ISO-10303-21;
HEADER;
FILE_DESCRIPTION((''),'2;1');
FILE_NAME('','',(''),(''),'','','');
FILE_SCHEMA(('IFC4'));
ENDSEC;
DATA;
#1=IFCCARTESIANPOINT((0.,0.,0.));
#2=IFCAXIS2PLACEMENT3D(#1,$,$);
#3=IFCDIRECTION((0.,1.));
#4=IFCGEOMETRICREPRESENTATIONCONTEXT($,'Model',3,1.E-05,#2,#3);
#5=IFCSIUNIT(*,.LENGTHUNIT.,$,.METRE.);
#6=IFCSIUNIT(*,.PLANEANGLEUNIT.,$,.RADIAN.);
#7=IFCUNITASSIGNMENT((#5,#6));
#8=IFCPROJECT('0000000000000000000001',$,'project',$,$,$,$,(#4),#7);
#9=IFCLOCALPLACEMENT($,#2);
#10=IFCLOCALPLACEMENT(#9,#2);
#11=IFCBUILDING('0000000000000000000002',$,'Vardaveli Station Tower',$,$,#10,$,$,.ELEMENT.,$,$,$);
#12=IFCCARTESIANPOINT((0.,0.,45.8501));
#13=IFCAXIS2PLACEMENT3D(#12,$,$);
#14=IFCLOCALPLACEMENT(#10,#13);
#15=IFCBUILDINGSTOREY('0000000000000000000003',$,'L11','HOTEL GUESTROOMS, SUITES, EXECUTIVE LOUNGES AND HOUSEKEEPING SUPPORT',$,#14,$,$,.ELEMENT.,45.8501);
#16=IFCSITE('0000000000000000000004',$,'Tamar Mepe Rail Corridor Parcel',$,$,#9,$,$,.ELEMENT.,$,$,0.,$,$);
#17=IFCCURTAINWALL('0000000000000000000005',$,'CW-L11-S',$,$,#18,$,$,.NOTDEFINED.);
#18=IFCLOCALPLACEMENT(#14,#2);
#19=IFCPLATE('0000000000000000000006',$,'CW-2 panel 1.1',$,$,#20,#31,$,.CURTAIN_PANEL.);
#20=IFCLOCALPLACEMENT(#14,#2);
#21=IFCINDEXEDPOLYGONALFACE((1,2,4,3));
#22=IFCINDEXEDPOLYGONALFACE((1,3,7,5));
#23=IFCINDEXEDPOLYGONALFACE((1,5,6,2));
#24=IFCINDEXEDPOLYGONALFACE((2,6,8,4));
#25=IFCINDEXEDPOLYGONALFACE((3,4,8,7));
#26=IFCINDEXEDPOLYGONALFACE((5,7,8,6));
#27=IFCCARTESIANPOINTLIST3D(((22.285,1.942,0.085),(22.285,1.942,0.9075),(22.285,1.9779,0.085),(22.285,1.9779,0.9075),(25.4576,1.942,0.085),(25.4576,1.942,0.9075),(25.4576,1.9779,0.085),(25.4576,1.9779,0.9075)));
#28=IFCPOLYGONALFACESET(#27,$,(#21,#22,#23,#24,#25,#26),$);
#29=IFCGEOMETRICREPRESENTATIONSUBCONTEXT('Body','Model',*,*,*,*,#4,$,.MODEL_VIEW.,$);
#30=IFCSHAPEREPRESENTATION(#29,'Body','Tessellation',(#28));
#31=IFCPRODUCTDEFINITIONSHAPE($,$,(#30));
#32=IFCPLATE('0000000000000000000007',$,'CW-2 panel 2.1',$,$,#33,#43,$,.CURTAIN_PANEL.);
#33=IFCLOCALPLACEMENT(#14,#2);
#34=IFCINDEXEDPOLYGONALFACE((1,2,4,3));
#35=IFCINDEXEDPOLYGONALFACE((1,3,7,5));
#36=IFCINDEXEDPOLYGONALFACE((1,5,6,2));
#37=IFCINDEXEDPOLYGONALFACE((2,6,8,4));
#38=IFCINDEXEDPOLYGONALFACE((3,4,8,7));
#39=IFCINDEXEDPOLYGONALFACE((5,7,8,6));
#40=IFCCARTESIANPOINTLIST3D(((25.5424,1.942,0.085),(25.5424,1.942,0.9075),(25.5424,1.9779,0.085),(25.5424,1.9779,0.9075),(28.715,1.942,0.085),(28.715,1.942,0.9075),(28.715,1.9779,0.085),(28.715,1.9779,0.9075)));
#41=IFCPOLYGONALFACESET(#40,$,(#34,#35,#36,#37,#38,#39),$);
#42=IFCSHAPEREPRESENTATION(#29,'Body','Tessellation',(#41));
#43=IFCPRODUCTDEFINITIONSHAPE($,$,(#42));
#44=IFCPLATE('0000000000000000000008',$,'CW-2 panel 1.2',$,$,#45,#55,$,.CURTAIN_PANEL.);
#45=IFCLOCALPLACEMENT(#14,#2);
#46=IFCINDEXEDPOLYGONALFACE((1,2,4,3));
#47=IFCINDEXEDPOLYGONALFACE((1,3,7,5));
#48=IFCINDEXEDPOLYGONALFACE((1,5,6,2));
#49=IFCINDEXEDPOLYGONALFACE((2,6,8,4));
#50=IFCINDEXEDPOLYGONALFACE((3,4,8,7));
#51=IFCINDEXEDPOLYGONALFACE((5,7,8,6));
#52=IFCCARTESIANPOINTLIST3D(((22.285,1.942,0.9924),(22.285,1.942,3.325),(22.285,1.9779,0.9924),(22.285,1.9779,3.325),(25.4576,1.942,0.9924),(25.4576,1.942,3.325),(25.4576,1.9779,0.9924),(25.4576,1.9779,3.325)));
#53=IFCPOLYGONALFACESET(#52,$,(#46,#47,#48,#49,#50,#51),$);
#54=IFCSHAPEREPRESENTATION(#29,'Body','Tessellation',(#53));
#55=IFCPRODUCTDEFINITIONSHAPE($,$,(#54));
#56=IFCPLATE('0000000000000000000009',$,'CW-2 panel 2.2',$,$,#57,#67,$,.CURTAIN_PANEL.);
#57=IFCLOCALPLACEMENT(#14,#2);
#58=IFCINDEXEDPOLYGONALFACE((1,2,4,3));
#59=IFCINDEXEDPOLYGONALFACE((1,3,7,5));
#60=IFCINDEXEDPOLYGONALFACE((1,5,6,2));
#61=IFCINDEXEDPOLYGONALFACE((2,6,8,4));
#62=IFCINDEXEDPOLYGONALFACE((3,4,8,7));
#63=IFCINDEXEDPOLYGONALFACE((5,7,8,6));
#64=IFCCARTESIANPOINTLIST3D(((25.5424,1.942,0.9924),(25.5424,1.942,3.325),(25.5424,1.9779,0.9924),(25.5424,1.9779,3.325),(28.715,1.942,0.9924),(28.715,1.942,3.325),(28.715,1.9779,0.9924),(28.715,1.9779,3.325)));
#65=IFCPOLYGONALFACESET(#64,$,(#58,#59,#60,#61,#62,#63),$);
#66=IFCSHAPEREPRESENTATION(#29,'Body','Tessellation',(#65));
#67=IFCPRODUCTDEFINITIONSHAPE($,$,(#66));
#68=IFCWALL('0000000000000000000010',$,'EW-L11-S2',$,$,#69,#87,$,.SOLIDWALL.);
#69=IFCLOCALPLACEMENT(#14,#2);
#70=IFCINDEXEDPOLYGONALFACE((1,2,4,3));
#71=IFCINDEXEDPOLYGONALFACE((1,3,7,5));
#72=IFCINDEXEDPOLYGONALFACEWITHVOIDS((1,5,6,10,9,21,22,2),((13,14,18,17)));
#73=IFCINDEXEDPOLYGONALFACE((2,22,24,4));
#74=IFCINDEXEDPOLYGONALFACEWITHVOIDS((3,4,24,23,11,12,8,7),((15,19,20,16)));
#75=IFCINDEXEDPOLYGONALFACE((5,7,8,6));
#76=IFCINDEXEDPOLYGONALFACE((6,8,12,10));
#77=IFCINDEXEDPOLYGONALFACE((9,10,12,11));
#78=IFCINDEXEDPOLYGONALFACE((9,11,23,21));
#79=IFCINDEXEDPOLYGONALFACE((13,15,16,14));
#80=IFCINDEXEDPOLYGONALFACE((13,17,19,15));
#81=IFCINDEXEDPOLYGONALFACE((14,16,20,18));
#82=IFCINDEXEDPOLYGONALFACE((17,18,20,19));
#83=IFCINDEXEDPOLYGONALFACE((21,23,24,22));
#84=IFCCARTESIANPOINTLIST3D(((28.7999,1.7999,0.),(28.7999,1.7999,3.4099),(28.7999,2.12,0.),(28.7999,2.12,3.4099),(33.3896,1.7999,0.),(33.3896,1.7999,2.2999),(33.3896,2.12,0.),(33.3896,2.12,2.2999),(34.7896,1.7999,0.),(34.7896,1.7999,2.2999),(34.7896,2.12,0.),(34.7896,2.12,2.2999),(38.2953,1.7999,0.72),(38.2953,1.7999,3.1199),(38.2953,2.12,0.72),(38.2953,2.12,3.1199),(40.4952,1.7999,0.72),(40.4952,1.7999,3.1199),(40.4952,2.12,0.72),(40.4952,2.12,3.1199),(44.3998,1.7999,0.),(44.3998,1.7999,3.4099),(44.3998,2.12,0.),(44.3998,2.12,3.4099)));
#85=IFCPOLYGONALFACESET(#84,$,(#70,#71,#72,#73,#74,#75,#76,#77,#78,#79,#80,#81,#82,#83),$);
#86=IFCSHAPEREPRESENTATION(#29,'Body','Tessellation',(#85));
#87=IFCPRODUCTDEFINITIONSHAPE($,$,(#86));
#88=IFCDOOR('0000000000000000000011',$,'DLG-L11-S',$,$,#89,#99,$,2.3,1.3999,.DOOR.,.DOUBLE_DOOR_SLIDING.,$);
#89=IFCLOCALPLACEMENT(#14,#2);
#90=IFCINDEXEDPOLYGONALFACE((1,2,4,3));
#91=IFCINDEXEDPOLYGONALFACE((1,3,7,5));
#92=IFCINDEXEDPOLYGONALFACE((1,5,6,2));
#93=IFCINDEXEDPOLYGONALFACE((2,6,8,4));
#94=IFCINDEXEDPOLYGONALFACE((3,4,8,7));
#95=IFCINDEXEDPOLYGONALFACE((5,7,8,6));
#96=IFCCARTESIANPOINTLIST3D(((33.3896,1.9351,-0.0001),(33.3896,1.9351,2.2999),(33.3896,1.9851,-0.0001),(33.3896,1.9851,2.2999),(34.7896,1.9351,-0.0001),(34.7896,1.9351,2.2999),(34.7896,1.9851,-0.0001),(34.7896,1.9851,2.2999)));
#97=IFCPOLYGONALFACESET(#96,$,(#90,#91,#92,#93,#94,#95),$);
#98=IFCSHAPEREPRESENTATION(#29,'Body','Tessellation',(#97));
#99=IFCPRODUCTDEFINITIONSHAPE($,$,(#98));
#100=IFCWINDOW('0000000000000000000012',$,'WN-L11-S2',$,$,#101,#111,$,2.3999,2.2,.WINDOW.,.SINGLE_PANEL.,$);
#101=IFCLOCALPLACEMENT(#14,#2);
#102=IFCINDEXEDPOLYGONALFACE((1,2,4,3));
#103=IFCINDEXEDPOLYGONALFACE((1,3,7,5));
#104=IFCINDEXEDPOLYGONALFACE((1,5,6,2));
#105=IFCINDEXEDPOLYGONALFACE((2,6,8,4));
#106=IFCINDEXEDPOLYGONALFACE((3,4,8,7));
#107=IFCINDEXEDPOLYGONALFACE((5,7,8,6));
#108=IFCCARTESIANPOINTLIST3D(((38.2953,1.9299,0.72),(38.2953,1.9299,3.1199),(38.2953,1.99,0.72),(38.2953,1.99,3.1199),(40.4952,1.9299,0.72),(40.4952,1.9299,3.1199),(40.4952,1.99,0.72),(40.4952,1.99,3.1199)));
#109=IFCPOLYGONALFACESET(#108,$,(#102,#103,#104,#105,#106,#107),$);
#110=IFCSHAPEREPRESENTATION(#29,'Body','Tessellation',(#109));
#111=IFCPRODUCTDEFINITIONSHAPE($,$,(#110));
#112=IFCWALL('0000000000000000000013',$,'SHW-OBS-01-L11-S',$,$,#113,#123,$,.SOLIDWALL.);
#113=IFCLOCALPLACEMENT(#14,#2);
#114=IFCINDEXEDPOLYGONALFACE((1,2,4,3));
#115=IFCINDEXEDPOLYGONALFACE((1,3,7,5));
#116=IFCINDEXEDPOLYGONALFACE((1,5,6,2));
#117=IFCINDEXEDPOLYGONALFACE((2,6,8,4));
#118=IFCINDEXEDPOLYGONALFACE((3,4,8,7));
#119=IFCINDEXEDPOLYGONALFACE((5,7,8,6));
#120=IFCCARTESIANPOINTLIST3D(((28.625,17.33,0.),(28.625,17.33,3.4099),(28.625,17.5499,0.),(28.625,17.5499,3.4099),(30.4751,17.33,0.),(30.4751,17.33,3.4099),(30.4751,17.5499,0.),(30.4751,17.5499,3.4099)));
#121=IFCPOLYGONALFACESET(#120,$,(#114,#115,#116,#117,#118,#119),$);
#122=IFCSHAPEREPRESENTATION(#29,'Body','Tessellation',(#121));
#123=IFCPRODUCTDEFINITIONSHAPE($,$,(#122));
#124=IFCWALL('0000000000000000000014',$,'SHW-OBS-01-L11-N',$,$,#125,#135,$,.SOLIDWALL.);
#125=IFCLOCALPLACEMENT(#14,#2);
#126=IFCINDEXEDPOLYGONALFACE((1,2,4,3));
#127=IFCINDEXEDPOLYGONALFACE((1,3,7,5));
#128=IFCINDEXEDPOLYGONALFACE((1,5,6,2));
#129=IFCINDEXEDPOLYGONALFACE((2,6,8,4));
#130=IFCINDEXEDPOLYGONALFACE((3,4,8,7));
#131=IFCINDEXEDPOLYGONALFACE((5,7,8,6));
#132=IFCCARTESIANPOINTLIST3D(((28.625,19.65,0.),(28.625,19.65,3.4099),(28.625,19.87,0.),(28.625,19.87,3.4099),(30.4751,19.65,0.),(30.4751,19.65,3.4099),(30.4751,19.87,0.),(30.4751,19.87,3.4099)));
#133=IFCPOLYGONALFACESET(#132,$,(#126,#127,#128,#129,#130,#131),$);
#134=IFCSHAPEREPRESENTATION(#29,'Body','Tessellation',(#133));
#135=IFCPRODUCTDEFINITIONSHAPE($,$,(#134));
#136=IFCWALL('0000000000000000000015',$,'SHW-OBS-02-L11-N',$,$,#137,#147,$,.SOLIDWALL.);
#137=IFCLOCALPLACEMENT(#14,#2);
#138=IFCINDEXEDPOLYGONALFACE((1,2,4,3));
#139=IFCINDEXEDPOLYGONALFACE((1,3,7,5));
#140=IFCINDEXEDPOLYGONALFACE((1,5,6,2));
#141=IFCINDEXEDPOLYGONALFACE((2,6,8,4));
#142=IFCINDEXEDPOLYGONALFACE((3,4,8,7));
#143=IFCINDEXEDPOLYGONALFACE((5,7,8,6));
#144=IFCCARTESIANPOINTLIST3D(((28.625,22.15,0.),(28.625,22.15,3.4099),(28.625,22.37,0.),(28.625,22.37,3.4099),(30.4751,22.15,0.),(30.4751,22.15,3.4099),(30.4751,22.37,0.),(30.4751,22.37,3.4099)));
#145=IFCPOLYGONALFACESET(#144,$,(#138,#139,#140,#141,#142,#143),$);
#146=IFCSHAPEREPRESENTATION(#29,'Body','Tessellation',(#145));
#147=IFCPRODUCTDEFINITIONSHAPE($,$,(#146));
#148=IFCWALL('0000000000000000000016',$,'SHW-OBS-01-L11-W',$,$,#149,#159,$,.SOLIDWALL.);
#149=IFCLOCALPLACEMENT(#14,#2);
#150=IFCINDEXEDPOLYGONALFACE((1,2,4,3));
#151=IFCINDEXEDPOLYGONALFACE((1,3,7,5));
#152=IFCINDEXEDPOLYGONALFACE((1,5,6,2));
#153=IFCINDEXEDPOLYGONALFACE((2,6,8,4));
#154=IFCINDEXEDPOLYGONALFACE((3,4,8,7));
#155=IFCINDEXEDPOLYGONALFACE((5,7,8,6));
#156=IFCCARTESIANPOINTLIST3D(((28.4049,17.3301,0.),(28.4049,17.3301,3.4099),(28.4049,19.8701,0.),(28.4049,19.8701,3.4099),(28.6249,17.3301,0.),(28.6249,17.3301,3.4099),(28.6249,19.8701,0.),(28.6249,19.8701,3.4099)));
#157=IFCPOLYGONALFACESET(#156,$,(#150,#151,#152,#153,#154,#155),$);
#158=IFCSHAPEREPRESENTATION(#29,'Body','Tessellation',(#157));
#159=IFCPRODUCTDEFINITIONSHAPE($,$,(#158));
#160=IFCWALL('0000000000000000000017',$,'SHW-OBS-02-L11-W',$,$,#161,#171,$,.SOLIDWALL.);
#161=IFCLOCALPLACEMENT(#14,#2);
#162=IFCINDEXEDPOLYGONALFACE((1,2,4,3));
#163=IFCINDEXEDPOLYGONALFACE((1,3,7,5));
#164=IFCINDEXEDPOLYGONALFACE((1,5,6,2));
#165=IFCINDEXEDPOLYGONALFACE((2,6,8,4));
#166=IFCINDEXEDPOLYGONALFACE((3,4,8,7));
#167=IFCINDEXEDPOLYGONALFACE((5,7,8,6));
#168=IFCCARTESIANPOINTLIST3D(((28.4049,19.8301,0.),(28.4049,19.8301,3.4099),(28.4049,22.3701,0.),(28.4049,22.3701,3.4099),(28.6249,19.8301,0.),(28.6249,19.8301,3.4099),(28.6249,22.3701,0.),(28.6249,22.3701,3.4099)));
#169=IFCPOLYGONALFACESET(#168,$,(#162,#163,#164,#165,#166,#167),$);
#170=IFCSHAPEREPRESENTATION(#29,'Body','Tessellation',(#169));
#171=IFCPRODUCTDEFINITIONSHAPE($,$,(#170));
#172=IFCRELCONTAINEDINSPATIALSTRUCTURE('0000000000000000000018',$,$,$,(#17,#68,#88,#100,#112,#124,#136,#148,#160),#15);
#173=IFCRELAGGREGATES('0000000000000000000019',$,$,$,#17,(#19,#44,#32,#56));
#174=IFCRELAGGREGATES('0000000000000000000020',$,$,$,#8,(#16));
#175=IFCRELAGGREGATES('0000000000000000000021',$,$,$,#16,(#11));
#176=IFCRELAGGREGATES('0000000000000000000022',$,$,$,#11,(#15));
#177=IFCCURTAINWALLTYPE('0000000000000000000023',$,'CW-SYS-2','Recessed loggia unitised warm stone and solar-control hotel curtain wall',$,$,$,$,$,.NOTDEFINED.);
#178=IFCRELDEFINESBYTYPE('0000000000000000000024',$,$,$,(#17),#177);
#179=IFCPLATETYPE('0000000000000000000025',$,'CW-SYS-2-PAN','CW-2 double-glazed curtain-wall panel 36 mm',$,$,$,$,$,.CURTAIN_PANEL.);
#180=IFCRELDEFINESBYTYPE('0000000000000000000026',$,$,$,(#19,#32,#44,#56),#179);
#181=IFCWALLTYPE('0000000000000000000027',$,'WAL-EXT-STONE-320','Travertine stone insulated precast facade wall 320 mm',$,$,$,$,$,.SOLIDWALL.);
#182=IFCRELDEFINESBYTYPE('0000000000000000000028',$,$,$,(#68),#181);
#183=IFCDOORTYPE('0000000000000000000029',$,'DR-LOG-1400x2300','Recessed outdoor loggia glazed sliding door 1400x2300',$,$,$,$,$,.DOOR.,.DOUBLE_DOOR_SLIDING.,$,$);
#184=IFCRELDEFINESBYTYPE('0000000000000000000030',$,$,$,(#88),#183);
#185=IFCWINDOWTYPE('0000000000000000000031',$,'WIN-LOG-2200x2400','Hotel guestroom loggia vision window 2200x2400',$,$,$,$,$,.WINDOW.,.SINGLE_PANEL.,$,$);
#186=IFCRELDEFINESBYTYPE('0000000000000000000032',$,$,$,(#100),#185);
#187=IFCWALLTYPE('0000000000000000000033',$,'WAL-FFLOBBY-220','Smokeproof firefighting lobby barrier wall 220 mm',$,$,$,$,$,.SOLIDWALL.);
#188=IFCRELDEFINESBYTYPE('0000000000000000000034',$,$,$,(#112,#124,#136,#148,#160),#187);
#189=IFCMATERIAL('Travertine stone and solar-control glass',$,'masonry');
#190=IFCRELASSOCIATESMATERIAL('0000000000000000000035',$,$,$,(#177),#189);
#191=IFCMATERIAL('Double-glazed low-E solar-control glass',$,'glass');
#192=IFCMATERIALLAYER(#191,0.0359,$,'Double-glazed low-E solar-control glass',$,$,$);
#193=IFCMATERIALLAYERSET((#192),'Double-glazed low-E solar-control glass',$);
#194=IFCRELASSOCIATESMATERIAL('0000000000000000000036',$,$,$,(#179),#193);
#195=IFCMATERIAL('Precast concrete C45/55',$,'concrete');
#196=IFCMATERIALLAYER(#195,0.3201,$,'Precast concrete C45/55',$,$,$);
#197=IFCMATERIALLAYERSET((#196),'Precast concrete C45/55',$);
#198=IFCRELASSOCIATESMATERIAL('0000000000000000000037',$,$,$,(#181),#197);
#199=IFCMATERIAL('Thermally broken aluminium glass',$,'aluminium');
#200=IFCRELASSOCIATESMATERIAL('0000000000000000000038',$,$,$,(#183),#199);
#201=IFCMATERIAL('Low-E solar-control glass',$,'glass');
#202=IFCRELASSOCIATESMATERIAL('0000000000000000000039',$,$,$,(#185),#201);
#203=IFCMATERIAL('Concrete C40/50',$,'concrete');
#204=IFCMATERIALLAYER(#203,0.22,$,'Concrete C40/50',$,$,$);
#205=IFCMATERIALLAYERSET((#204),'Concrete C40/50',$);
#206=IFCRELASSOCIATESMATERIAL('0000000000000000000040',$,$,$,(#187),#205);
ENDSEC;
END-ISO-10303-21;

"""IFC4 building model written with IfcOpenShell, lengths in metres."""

from ifc_helpers import new_model, si_unit, direction, frame, frame_2d, origin, origin_2d, place, context, subcontext, project, spatial, rectangle, extrude, source, transform, mapped, material, layer, layer_set, type_object, element, fill, aggregate, save


model = new_model("IFC4")

# Units and contexts
model_context = context("Model", 3, precision=1e-05, world=origin(), true_north=direction((0.0, 1.0)))
body_context = subcontext(model_context, "Body", "Model", "MODEL_VIEW")
ifc_project = project(units=[si_unit("LENGTHUNIT", "METRE"), si_unit("PLANEANGLEUNIT", "RADIAN")], contexts=[model_context])

# Site, building, storey
site_placement = place(None, origin())
site = spatial("IfcSite", under=ifc_project, at=site_placement, Name="Tamar Mepe Rail Corridor Parcel", CompositionType="ELEMENT", RefElevation=0.0)
building_placement = place(site_placement, origin())
building = spatial("IfcBuilding", under=site, at=building_placement, Name="Vardaveli Station Tower", CompositionType="ELEMENT")
storey_placement = place(building_placement, frame((0.0, 0.0, 45.8501)))
storey = spatial("IfcBuildingStorey", under=building, at=storey_placement, Name="L11", Description="HOTEL GUESTROOMS, SUITES, EXECUTIVE LOUNGES AND HOUSEKEEPING SUPPORT", CompositionType="ELEMENT", Elevation=45.8501)

# Shared definitions
ifc_material_1 = material(Name="Precast concrete C45/55", Category="concrete")

# Curtain wall, plates
ifc_material_2 = material(Name="Travertine stone and solar-control glass", Category="masonry")
curtain_wall_type = type_object("IfcCurtainWallType", Name="CW-SYS-2", Description="Recessed loggia unitised warm stone and solar-control hotel curtain wall", PredefinedType="NOTDEFINED", material=ifc_material_2)
curtain_wall_placement = place(storey_placement, origin())
curtain_wall = element("IfcCurtainWall", 1, at=curtain_wall_placement, inside=storey, type_object=curtain_wall_type, Name="CW-L11-S", PredefinedType="NOTDEFINED")
ifc_material_3 = material(Name="Double-glazed low-E solar-control glass", Category="glass")
ifc_layer_1 = layer(ifc_material_3, 0.0359, Name="Double-glazed low-E solar-control glass")
ifc_layer_set_1 = layer_set([ifc_layer_1], Name="Double-glazed low-E solar-control glass")
plate_type = type_object("IfcPlateType", Name="CW-SYS-2-PAN", Description="CW-2 double-glazed curtain-wall panel 36 mm", PredefinedType="CURTAIN_PANEL", material=ifc_layer_set_1)
shared_shape_1 = source(origin(), body_context, "Body", "SweptSolid", [
    extrude(rectangle(XDim=3.1726, YDim=0.0359, at=origin_2d()), origin(), (0.0, 0.0, 1.0), 0.8225),
])
plate_1_placement = place(storey_placement, frame((23.8713, 1.96, 0.085), z_axis=(0.0, 0.0, 1.0), x_axis=(1.0, 0.0, 0.0)))
plate_1 = element("IfcPlate", 2, at=plate_1_placement, type_object=plate_type, Name="CW-2 panel 1.1", PredefinedType="CURTAIN_PANEL", context=body_context, shape_type="MappedRepresentation", body=[
    mapped(shared_shape_1, transform((0.0, 0.0, 0.0), scale=1.0)),
])
plate_2_placement = place(storey_placement, frame((27.1287, 1.96, 0.085), z_axis=(0.0, 0.0, 1.0), x_axis=(1.0, 0.0, 0.0)))
plate_2 = element("IfcPlate", 3, at=plate_2_placement, type_object=plate_type, Name="CW-2 panel 2.1", PredefinedType="CURTAIN_PANEL", context=body_context, shape_type="MappedRepresentation", body=[
    mapped(shared_shape_1, transform((0.0, 0.0, 0.0), scale=1.0)),
])
shared_shape_2 = source(origin(), body_context, "Body", "SweptSolid", [
    extrude(rectangle(XDim=3.1726, YDim=0.0359, at=origin_2d()), origin(), (0.0, 0.0, 1.0), 2.3325),
])
plate_3_placement = place(storey_placement, frame((23.8713, 1.96, 0.9924), z_axis=(0.0, 0.0, 1.0), x_axis=(1.0, 0.0, 0.0)))
plate_3 = element("IfcPlate", 4, at=plate_3_placement, type_object=plate_type, Name="CW-2 panel 1.2", PredefinedType="CURTAIN_PANEL", context=body_context, shape_type="MappedRepresentation", body=[
    mapped(shared_shape_2, transform((0.0, 0.0, 0.0), scale=1.0)),
])
plate_4_placement = place(storey_placement, frame((27.1287, 1.96, 0.9924), z_axis=(0.0, 0.0, 1.0), x_axis=(1.0, 0.0, 0.0)))
plate_4 = element("IfcPlate", 5, at=plate_4_placement, type_object=plate_type, Name="CW-2 panel 2.2", PredefinedType="CURTAIN_PANEL", context=body_context, shape_type="MappedRepresentation", body=[
    mapped(shared_shape_2, transform((0.0, 0.0, 0.0), scale=1.0)),
])
aggregate(curtain_wall, [plate_1, plate_3, plate_2, plate_4])

# Wall, openings, door, window
ifc_layer_2 = layer(ifc_material_1, 0.3201, Name="Precast concrete C45/55")
ifc_layer_set_2 = layer_set([ifc_layer_2], Name="Precast concrete C45/55")
wall_type_1 = type_object("IfcWallType", Name="WAL-EXT-STONE-320", Description="Travertine stone insulated precast facade wall 320 mm", PredefinedType="SOLIDWALL", material=ifc_layer_set_2)
shared_shape_3 = source(origin(), body_context, "Body", "SweptSolid", [
    extrude(rectangle(XDim=15.5999, YDim=0.3201, at=frame_2d((7.7998, 0.0))), origin(), (0.0, 0.0, 1.0), 3.4099),
])
wall_1_placement = place(storey_placement, frame((28.8, 1.96, 0.0), z_axis=(0.0, 0.0, 1.0), x_axis=(1.0, 0.0, 0.0)))
wall_1 = element("IfcWall", 6, at=wall_1_placement, inside=storey, type_object=wall_type_1, Name="EW-L11-S2", PredefinedType="SOLIDWALL", context=body_context, shape_type="MappedRepresentation", body=[
    mapped(shared_shape_3, transform((0.0, 0.0, 0.0), scale=1.0)),
])
shared_shape_4 = source(origin(), body_context, "Body", "SweptSolid", [
    extrude(rectangle(XDim=1.3999, YDim=2.3, at=frame_2d((0.7, 1.1499))), frame((0.0, 0.1699, 0.0), z_axis=(0.0, -1.0, 0.0), x_axis=(1.0, 0.0, 0.0)), (0.0, 0.0, 1.0), 0.3401),
])
opening_1_placement = place(wall_1_placement, frame((4.5896, 0.0, 0.0)))
opening_1 = element("IfcOpeningElement", 7, at=opening_1_placement, cuts=wall_1, PredefinedType="OPENING", context=body_context, shape_type="MappedRepresentation", body=[
    mapped(shared_shape_4, transform((0.0, 0.0, 0.0), scale=1.0)),
])
shared_shape_5 = source(origin(), body_context, "Body", "SweptSolid", [
    extrude(rectangle(XDim=2.2, YDim=2.3999, at=frame_2d((1.1001, 1.2))), frame((0.0, 0.1699, 0.0), z_axis=(0.0, -1.0, 0.0), x_axis=(1.0, 0.0, 0.0)), (0.0, 0.0, 1.0), 0.3401),
])
opening_2_placement = place(wall_1_placement, frame((9.4951, 0.0, 0.72)))
opening_2 = element("IfcOpeningElement", 8, at=opening_2_placement, cuts=wall_1, PredefinedType="OPENING", context=body_context, shape_type="MappedRepresentation", body=[
    mapped(shared_shape_5, transform((0.0, 0.0, 0.0), scale=1.0)),
])
ifc_material_4 = material(Name="Thermally broken aluminium glass", Category="aluminium")
door_type_1 = type_object("IfcDoorType", Name="DR-LOG-1400x2300", Description="Recessed outdoor loggia glazed sliding door 1400x2300", OperationType="DOUBLE_DOOR_SLIDING", PredefinedType="DOOR", material=ifc_material_4)
shared_shape_6 = source(origin(), body_context, "Body", "SweptSolid", [
    extrude(rectangle(XDim=1.3999, YDim=2.3, at=frame_2d((0.7, 1.1499))), frame((0.0, 0.0249, 0.0), z_axis=(0.0, -1.0, 0.0), x_axis=(1.0, 0.0, 0.0)), (0.0, 0.0, 1.0), 0.05),
])
door_1_placement = place(opening_1_placement, frame((1.3999, 0.0, 0.0), z_axis=(0.0, 0.0, 1.0), x_axis=(-1.0, 0.0, 0.0)))
door_1 = element("IfcDoor", 9, at=door_1_placement, inside=storey, type_object=door_type_1, Name="DLG-L11-S", OperationType="DOUBLE_DOOR_SLIDING", OverallHeight=2.3, OverallWidth=1.3999, PredefinedType="DOOR", context=body_context, shape_type="MappedRepresentation", body=[
    mapped(shared_shape_6, transform((0.0, 0.0, 0.0), scale=1.0)),
])
fill(opening_1, door_1)
ifc_material_5 = material(Name="Low-E solar-control glass", Category="glass")
window_type = type_object("IfcWindowType", Name="WIN-LOG-2200x2400", Description="Hotel guestroom loggia vision window 2200x2400", PartitioningType="SINGLE_PANEL", PredefinedType="WINDOW", material=ifc_material_5)
shared_shape_7 = source(origin(), body_context, "Body", "SweptSolid", [
    extrude(rectangle(XDim=2.2, YDim=2.3999, at=frame_2d((1.1001, 1.2))), frame((0.0, 0.03, 0.0), z_axis=(0.0, -1.0, 0.0), x_axis=(1.0, 0.0, 0.0)), (0.0, 0.0, 1.0), 0.0601),
])
window_placement = place(opening_2_placement, origin())
window = element("IfcWindow", 10, at=window_placement, inside=storey, type_object=window_type, Name="WN-L11-S2", OverallHeight=2.3999, OverallWidth=2.2, PartitioningType="SINGLE_PANEL", PredefinedType="WINDOW", context=body_context, shape_type="MappedRepresentation", body=[
    mapped(shared_shape_7, transform((0.0, 0.0, 0.0), scale=1.0)),
])
fill(opening_2, window)

# Walls
ifc_material_6 = material(Name="Concrete C40/50", Category="concrete")
ifc_layer_3 = layer(ifc_material_6, 0.22, Name="Concrete C40/50")
ifc_layer_set_3 = layer_set([ifc_layer_3], Name="Concrete C40/50")
wall_type_2 = type_object("IfcWallType", Name="WAL-FFLOBBY-220", Description="Smokeproof firefighting lobby barrier wall 220 mm", PredefinedType="SOLIDWALL", material=ifc_layer_set_3)
shared_shape_8 = source(origin(), body_context, "Body", "SweptSolid", [
    extrude(rectangle(XDim=1.8501, YDim=0.22, at=frame_2d((0.925, 0.0))), origin(), (0.0, 0.0, 1.0), 3.4099),
])
for number, where, z_axis, x_axis, name in (
    (11, (28.625, 17.4399, 0.0), (0.0, 0.0, 1.0), (1.0, 0.0, 0.0), "SHW-OBS-01-L11-S"),
    (12, (28.625, 19.76, 0.0), (0.0, 0.0, 1.0), (1.0, 0.0, 0.0), "SHW-OBS-01-L11-N"),
    (13, (28.625, 22.26, 0.0), (0.0, 0.0, 1.0), (1.0, 0.0, 0.0), "SHW-OBS-02-L11-N"),
):
    element("IfcWall", number, at=place(storey_placement, frame(where, z_axis=z_axis, x_axis=x_axis)), inside=storey, type_object=wall_type_2, Name=name, PredefinedType="SOLIDWALL", context=body_context, shape_type="MappedRepresentation", body=[
        mapped(shared_shape_8, transform((0.0, 0.0, 0.0), scale=1.0)),
    ])
shared_shape_9 = source(origin(), body_context, "Body", "SweptSolid", [
    extrude(rectangle(XDim=2.54, YDim=0.22, at=frame_2d((1.27, 0.0))), origin(), (0.0, 0.0, 1.0), 3.4099),
])
for number, where, z_axis, x_axis, name in (
    (14, (28.5149, 17.3301, 0.0), (0.0, 0.0, 1.0), (0.0, 1.0, 0.0), "SHW-OBS-01-L11-W"),
    (15, (28.5149, 19.8301, 0.0), (0.0, 0.0, 1.0), (0.0, 1.0, 0.0), "SHW-OBS-02-L11-W"),
):
    element("IfcWall", number, at=place(storey_placement, frame(where, z_axis=z_axis, x_axis=x_axis)), inside=storey, type_object=wall_type_2, Name=name, PredefinedType="SOLIDWALL", context=body_context, shape_type="MappedRepresentation", body=[
        mapped(shared_shape_9, transform((0.0, 0.0, 0.0), scale=1.0)),
    ])

save(model, "model.ifc")
